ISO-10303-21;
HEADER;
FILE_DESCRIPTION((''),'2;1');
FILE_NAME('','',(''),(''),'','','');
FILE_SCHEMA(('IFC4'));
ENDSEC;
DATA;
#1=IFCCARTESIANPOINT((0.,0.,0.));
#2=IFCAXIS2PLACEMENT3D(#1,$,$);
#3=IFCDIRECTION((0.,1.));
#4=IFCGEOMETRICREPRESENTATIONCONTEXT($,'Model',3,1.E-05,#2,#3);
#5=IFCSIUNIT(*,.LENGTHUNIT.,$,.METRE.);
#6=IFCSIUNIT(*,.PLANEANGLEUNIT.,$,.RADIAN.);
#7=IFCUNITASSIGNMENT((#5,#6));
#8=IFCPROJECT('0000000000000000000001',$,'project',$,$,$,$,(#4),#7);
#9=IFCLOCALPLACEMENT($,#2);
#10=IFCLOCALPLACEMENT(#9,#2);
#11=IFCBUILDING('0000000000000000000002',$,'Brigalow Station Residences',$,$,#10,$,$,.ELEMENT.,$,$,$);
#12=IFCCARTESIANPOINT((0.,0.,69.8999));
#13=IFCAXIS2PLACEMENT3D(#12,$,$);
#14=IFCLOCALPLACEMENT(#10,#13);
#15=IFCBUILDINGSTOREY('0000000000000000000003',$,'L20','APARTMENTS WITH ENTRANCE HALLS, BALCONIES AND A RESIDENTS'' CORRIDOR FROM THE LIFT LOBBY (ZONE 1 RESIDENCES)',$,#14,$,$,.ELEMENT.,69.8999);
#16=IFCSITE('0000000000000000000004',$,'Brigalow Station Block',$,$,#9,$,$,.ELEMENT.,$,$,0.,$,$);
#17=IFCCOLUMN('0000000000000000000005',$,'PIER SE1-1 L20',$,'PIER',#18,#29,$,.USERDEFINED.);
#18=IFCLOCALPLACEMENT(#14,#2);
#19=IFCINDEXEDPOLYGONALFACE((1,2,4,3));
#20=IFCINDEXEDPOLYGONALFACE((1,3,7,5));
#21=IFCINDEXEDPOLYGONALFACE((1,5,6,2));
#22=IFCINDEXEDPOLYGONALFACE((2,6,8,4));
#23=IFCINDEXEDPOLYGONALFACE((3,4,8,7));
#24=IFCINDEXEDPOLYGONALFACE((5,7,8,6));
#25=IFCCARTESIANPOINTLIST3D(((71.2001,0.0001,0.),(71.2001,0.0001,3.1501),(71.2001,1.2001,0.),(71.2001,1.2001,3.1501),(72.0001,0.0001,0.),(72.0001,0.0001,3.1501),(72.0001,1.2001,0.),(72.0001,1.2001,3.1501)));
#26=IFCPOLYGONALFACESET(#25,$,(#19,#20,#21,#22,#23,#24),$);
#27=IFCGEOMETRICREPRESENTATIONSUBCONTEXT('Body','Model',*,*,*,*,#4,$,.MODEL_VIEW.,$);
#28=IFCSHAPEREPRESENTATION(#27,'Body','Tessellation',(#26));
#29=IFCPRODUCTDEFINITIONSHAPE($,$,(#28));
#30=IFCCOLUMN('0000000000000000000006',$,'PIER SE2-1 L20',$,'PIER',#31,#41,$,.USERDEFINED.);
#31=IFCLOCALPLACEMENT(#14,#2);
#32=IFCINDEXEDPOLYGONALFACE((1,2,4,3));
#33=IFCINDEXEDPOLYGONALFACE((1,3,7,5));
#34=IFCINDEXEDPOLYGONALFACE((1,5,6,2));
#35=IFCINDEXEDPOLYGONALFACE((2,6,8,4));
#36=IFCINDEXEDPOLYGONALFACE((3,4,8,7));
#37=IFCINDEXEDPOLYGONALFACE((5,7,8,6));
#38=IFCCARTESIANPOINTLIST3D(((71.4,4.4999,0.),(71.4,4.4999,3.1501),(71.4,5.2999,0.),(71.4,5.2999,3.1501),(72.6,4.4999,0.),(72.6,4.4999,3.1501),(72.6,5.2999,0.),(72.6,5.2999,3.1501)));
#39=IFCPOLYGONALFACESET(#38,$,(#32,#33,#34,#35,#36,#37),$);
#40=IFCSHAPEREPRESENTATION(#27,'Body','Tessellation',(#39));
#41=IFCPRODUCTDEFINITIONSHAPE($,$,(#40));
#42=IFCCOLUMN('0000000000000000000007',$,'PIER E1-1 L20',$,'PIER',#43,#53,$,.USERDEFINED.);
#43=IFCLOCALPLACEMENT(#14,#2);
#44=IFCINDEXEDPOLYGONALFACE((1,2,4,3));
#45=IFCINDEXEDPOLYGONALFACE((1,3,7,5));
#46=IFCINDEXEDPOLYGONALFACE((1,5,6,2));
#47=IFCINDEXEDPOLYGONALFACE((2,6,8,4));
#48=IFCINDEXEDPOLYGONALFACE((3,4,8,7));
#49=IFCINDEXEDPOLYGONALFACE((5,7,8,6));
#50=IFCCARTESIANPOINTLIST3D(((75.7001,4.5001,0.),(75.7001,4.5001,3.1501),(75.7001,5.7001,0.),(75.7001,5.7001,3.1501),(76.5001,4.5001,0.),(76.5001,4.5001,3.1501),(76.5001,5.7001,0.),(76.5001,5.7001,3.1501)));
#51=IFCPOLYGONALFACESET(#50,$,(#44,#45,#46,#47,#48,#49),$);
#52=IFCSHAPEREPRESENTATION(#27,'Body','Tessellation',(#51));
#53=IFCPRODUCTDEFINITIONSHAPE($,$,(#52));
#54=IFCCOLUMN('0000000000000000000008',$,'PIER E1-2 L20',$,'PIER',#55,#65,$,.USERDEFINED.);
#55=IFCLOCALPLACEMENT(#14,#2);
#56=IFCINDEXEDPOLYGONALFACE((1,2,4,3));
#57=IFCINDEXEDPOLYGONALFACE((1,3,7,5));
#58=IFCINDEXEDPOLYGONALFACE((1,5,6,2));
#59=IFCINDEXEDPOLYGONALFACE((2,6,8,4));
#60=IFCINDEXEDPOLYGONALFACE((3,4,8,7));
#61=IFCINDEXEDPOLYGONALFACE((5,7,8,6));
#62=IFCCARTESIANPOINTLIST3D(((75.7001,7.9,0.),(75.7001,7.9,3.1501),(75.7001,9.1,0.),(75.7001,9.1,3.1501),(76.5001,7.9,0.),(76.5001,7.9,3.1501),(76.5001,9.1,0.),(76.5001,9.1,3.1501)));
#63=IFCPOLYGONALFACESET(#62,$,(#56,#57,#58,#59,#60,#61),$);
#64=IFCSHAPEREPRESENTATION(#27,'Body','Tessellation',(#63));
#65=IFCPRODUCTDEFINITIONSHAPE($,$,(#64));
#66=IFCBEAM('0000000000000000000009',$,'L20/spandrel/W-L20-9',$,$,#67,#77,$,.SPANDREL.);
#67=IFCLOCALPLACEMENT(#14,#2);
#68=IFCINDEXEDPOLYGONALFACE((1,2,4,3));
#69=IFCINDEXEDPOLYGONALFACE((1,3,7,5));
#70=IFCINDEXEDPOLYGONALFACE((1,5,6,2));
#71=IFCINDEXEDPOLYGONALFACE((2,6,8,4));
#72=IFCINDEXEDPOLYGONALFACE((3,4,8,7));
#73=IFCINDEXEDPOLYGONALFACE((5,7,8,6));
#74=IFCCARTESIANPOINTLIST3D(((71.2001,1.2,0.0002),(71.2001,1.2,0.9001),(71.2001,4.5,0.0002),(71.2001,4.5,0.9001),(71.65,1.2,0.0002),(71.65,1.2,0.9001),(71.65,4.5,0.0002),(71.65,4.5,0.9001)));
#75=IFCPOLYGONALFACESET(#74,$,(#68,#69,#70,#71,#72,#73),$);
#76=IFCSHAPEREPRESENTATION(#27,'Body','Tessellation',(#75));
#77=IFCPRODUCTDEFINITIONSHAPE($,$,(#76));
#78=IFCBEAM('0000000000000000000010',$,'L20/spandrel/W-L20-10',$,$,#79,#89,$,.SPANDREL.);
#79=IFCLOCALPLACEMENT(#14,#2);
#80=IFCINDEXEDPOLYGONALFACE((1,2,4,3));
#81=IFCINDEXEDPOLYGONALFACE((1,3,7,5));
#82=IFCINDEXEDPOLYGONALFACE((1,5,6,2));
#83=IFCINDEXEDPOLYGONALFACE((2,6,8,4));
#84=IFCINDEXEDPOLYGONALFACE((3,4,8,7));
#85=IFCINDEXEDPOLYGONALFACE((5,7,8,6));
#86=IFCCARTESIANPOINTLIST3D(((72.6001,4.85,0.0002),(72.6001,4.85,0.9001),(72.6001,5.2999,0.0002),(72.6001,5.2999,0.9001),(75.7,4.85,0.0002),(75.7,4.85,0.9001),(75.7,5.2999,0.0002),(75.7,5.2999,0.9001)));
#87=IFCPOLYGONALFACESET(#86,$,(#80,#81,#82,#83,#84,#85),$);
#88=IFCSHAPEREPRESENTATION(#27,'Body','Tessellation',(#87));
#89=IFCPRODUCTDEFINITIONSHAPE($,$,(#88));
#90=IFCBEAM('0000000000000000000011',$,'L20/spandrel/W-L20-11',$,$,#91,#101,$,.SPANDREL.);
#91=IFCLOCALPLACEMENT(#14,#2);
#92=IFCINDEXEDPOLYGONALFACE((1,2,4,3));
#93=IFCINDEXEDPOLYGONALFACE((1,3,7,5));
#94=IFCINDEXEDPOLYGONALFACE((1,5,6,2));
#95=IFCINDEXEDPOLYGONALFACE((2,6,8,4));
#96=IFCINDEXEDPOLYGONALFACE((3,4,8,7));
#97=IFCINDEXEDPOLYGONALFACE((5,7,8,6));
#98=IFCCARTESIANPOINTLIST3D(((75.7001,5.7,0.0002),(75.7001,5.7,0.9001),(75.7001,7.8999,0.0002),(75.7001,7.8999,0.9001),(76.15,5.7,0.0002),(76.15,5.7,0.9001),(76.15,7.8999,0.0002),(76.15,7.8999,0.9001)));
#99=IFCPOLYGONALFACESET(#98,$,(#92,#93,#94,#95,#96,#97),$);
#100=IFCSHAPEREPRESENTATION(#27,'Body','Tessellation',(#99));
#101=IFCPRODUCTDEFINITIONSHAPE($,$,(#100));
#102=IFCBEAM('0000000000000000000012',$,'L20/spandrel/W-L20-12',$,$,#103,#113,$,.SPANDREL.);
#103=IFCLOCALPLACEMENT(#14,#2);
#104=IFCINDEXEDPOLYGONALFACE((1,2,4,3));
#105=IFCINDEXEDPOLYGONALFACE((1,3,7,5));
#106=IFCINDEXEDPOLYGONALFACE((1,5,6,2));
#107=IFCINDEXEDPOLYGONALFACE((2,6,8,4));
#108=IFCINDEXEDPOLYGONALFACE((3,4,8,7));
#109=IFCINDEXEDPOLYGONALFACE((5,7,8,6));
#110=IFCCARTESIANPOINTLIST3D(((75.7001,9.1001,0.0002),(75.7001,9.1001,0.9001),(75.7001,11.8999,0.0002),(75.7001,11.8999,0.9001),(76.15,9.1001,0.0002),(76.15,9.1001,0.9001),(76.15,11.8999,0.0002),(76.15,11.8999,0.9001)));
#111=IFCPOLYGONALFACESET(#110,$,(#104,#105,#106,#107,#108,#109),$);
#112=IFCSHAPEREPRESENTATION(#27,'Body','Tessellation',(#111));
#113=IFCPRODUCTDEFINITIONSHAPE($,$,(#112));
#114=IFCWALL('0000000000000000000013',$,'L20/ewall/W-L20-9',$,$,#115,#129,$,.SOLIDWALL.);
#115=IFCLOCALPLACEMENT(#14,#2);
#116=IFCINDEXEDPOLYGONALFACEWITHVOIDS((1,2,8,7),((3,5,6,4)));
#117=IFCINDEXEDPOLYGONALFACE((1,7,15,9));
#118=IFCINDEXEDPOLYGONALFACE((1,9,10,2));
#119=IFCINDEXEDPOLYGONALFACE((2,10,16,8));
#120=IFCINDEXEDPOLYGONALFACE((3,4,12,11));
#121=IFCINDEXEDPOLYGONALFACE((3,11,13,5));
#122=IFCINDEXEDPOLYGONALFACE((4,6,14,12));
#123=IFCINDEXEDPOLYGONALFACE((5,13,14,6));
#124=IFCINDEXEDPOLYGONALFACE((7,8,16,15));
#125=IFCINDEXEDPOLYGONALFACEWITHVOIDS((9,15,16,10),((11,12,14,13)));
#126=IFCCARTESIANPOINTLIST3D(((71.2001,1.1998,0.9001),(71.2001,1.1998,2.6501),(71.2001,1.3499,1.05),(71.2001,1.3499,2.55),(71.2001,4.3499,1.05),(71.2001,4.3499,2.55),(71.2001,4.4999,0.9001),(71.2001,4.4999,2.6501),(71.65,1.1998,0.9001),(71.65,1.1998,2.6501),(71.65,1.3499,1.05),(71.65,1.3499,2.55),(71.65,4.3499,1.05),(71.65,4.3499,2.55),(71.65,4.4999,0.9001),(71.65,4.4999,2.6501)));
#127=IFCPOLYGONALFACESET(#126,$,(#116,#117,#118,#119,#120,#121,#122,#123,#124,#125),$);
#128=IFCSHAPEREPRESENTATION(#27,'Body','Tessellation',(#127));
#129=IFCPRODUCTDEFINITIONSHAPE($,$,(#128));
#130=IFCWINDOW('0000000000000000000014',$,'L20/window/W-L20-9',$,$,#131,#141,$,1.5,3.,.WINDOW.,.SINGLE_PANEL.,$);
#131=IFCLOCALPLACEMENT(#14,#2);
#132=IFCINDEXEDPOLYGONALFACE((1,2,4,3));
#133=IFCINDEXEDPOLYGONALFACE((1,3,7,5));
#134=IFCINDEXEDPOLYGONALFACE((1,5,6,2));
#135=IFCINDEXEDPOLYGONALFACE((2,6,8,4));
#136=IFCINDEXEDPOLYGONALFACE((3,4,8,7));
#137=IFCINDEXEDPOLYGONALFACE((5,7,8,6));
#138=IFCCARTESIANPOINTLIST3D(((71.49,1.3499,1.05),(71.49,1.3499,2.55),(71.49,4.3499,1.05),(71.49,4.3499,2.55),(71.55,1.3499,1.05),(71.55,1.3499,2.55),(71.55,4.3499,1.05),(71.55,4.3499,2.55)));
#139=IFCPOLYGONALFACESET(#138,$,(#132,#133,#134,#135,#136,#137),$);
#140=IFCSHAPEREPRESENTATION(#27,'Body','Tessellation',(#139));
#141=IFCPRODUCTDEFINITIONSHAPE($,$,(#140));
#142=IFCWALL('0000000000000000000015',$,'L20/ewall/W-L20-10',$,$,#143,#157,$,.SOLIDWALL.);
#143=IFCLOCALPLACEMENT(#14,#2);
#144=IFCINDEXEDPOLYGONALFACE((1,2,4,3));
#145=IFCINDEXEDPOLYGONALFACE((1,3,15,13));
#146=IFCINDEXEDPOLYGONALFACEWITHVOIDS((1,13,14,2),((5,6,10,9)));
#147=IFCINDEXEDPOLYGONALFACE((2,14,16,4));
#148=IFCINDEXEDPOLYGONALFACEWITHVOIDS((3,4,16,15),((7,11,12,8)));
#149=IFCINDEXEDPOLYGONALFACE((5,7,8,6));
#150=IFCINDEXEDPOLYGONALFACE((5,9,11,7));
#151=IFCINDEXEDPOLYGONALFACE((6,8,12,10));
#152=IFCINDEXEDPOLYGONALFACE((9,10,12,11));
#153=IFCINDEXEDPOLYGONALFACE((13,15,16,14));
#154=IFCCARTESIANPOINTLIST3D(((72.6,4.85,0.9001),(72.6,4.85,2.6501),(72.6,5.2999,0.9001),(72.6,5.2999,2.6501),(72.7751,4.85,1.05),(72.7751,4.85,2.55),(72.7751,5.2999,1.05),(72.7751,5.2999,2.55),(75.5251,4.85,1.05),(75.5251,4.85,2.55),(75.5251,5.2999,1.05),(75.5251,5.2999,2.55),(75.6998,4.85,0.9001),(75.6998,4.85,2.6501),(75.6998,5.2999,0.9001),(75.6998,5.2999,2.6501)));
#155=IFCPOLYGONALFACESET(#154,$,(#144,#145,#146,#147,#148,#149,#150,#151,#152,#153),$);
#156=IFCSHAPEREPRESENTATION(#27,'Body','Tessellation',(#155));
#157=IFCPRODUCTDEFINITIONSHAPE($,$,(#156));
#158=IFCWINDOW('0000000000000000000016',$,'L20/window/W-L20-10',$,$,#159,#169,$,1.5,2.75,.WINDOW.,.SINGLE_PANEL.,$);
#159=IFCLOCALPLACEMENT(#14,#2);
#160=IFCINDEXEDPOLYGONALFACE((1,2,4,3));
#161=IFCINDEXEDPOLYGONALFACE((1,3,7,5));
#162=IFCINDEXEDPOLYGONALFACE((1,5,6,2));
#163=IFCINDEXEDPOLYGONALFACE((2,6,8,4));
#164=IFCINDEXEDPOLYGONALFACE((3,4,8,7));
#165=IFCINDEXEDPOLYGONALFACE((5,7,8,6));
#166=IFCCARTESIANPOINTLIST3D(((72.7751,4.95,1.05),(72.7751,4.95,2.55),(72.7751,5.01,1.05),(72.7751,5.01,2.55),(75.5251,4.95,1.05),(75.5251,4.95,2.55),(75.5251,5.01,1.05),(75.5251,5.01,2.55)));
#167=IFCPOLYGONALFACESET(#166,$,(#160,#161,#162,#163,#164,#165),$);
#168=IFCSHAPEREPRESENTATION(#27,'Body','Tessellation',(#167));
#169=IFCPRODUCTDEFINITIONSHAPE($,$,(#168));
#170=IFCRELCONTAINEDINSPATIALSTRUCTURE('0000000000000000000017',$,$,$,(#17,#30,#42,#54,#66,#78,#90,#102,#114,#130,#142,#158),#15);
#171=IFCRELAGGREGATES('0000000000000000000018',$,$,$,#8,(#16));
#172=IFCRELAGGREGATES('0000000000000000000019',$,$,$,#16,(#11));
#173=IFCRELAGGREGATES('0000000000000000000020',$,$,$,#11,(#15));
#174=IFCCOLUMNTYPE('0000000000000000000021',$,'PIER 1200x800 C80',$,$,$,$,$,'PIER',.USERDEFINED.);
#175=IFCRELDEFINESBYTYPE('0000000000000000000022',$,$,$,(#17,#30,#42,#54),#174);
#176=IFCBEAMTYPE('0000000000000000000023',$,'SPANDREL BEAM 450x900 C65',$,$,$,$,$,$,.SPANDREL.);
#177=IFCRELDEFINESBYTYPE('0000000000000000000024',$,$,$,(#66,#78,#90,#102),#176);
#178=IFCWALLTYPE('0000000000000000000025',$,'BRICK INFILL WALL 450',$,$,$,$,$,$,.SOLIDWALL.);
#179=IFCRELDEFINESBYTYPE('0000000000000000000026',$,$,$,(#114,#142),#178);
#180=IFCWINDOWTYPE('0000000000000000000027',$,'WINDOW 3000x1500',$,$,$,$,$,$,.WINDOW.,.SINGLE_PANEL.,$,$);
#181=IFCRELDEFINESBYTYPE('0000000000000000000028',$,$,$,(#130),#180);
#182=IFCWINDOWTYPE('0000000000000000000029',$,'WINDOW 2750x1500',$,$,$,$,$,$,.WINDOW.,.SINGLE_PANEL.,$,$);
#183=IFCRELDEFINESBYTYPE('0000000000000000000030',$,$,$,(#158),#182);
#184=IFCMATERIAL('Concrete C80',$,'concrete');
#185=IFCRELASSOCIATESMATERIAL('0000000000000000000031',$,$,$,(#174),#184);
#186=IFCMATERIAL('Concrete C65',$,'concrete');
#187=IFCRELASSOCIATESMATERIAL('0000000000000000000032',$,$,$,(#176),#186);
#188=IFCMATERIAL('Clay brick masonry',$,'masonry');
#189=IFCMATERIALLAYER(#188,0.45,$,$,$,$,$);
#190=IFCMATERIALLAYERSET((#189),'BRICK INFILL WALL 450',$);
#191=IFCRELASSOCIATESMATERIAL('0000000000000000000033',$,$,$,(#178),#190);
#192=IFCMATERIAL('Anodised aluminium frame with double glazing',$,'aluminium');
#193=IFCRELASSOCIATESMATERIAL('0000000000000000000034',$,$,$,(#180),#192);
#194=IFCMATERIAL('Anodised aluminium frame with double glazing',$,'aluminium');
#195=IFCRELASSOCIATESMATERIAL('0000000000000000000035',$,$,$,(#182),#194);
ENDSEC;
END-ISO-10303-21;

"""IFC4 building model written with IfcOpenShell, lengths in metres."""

from ifc_helpers import new_model, si_unit, direction, frame, frame_2d, origin, origin_2d, place, context, subcontext, project, spatial, rectangle, extrude, material, layer, layer_set, material_profile, profile_set, type_object, element, fill, save


model = new_model("IFC4")

# Units and contexts
model_context = context("Model", 3, precision=1e-05, world=origin(), true_north=direction((0.0, 1.0)))
body_context = subcontext(model_context, "Body", "Model", "MODEL_VIEW")
ifc_project = project(units=[si_unit("LENGTHUNIT", "METRE"), si_unit("PLANEANGLEUNIT", "RADIAN")], contexts=[model_context])

# Site, building, storey
site_placement = place(None, origin())
site = spatial("IfcSite", under=ifc_project, at=site_placement, Name="Brigalow Station Block", CompositionType="ELEMENT", RefElevation=0.0)
building_placement = place(site_placement, origin())
building = spatial("IfcBuilding", under=site, at=building_placement, Name="Brigalow Station Residences", CompositionType="ELEMENT")
storey_placement = place(building_placement, frame((0.0, 0.0, 69.8999)))
storey = spatial("IfcBuildingStorey", under=building, at=storey_placement, Name="L20", Description="APARTMENTS WITH ENTRANCE HALLS, BALCONIES AND A RESIDENTS' CORRIDOR FROM THE LIFT LOBBY (ZONE 1 RESIDENCES)", CompositionType="ELEMENT", Elevation=69.8999)

# Columns
ifc_material_1 = material(Name="Concrete C80", Category="concrete")
ifc_material_profile_1 = material_profile(ifc_material_1, rectangle(XDim=1.2, YDim=0.8, at=origin_2d()), Name="RC1200x800")
ifc_profile_set_1 = profile_set([ifc_material_profile_1], Name="Concrete C80")
column_type = type_object("IfcColumnType", Name="PIER 1200x800 C80", ElementType="PIER", PredefinedType="USERDEFINED", material=ifc_profile_set_1)
for number, where, z_axis, x_axis, name in (
    (1, (71.6001, 0.6001, 0.0), (0.0, 0.0, 1.0), (0.0, 1.0, 0.0), "PIER SE1-1 L20"),
    (2, (72.0, 4.8999, 0.0), (0.0, 0.0, 1.0), (1.0, 0.0, 0.0), "PIER SE2-1 L20"),
    (3, (76.1001, 5.1001, 0.0), (0.0, 0.0, 1.0), (0.0, 1.0, 0.0), "PIER E1-1 L20"),
    (4, (76.1001, 8.5, 0.0), (0.0, 0.0, 1.0), (0.0, 1.0, 0.0), "PIER E1-2 L20"),
):
    element("IfcColumn", number, at=place(storey_placement, frame(where, z_axis=z_axis, x_axis=x_axis)), inside=storey, type_object=column_type, Name=name, ObjectType="PIER", PredefinedType="USERDEFINED", context=body_context, shape_type="SweptSolid", body=[
        extrude(rectangle(XDim=1.2, YDim=0.8, at=origin_2d()), origin(), (0.0, 0.0, 1.0), 3.1501),
    ])

# Beams
ifc_material_2 = material(Name="Concrete C65", Category="concrete")
ifc_material_profile_2 = material_profile(ifc_material_2, rectangle(XDim=0.45, YDim=0.8999, at=origin_2d()), Name="RC450x900")
ifc_profile_set_2 = profile_set([ifc_material_profile_2], Name="Concrete C65")
beam_type = type_object("IfcBeamType", Name="SPANDREL BEAM 450x900 C65", PredefinedType="SPANDREL", material=ifc_profile_set_2)
beam_1_placement = place(storey_placement, frame((71.425, 1.2, 0.4502), z_axis=(0.0, 1.0, 0.0), x_axis=(-1.0, 0.0, 0.0)))
element("IfcBeam", 5, at=beam_1_placement, inside=storey, type_object=beam_type, Name="L20/spandrel/W-L20-9", PredefinedType="SPANDREL", context=body_context, shape_type="SweptSolid", body=[
    extrude(rectangle(XDim=0.45, YDim=0.8999, at=origin_2d()), origin(), (0.0, 0.0, 1.0), 3.3),
])
beam_2_placement = place(storey_placement, frame((72.6001, 5.075, 0.4502), z_axis=(1.0, 0.0, 0.0), x_axis=(0.0, 1.0, 0.0)))
element("IfcBeam", 6, at=beam_2_placement, inside=storey, type_object=beam_type, Name="L20/spandrel/W-L20-10", PredefinedType="SPANDREL", context=body_context, shape_type="SweptSolid", body=[
    extrude(rectangle(XDim=0.45, YDim=0.8999, at=origin_2d()), origin(), (0.0, 0.0, 1.0), 3.0999),
])
beam_3_placement = place(storey_placement, frame((75.925, 5.7, 0.4502), z_axis=(0.0, 1.0, 0.0), x_axis=(-1.0, 0.0, 0.0)))
element("IfcBeam", 7, at=beam_3_placement, inside=storey, type_object=beam_type, Name="L20/spandrel/W-L20-11", PredefinedType="SPANDREL", context=body_context, shape_type="SweptSolid", body=[
    extrude(rectangle(XDim=0.45, YDim=0.8999, at=origin_2d()), origin(), (0.0, 0.0, 1.0), 2.2),
])
beam_4_placement = place(storey_placement, frame((75.925, 9.1001, 0.4502), z_axis=(0.0, 1.0, 0.0), x_axis=(-1.0, 0.0, 0.0)))
element("IfcBeam", 8, at=beam_4_placement, inside=storey, type_object=beam_type, Name="L20/spandrel/W-L20-12", PredefinedType="SPANDREL", context=body_context, shape_type="SweptSolid", body=[
    extrude(rectangle(XDim=0.45, YDim=0.8999, at=origin_2d()), origin(), (0.0, 0.0, 1.0), 2.7998),
])

# Walls, openings, windows
ifc_material_3 = material(Name="Clay brick masonry", Category="masonry")
ifc_layer_1 = layer(ifc_material_3, 0.45)
ifc_layer_set_1 = layer_set([ifc_layer_1], Name="BRICK INFILL WALL 450")
wall_type_1 = type_object("IfcWallType", Name="BRICK INFILL WALL 450", PredefinedType="SOLIDWALL", material=ifc_layer_set_1)
wall_1_placement = place(storey_placement, frame((71.425, 1.2, 0.9001), z_axis=(0.0, 0.0, 1.0), x_axis=(0.0, 1.0, 0.0)))
wall_1 = element("IfcWall", 9, at=wall_1_placement, inside=storey, type_object=wall_type_1, Name="L20/ewall/W-L20-9", PredefinedType="SOLIDWALL", context=body_context, shape_type="SweptSolid", body=[
    extrude(rectangle(XDim=3.3, YDim=0.45, at=frame_2d((1.6499, 0.0))), origin(), (0.0, 0.0, 1.0), 1.75),
])
opening_1_placement = place(wall_1_placement, frame((0.1499, 0.0, 0.1499)))
opening_1 = element("IfcOpeningElement", 10, at=opening_1_placement, cuts=wall_1, PredefinedType="OPENING", context=body_context, shape_type="SweptSolid", body=[
    extrude(rectangle(XDim=3.0, YDim=1.5, at=frame_2d((1.5, 0.75))), frame((0.0, 0.2349, 0.0), z_axis=(0.0, -1.0, 0.0), x_axis=(1.0, 0.0, 0.0)), (0.0, 0.0, 1.0), 0.47),
])
ifc_material_4 = material(Name="Anodised aluminium frame with double glazing", Category="aluminium")
window_type_1 = type_object("IfcWindowType", Name="WINDOW 3000x1500", PartitioningType="SINGLE_PANEL", PredefinedType="WINDOW", material=ifc_material_4)
window_1_placement = place(opening_1_placement, origin())
window_1 = element("IfcWindow", 11, at=window_1_placement, inside=storey, type_object=window_type_1, Name="L20/window/W-L20-9", OverallHeight=1.5, OverallWidth=3.0, PartitioningType="SINGLE_PANEL", PredefinedType="WINDOW", context=body_context, shape_type="SweptSolid", body=[
    extrude(rectangle(XDim=3.0, YDim=1.5, at=frame_2d((1.5, 0.75))), frame((0.0, -0.0649, 0.0), z_axis=(0.0, -1.0, 0.0), x_axis=(1.0, 0.0, 0.0)), (0.0, 0.0, 1.0), 0.0601),
])
fill(opening_1, window_1)
wall_2_placement = place(storey_placement, frame((72.6001, 5.075, 0.9001), z_axis=(0.0, 0.0, 1.0), x_axis=(1.0, 0.0, 0.0)))
wall_2 = element("IfcWall", 12, at=wall_2_placement, inside=storey, type_object=wall_type_1, Name="L20/ewall/W-L20-10", PredefinedType="SOLIDWALL", context=body_context, shape_type="SweptSolid", body=[
    extrude(rectangle(XDim=3.0999, YDim=0.45, at=frame_2d((1.5498, 0.0))), origin(), (0.0, 0.0, 1.0), 1.75),
])
opening_2_placement = place(wall_2_placement, frame((0.175, 0.0, 0.1499)))
opening_2 = element("IfcOpeningElement", 13, at=opening_2_placement, cuts=wall_2, PredefinedType="OPENING", context=body_context, shape_type="SweptSolid", body=[
    extrude(rectangle(XDim=2.75, YDim=1.5, at=frame_2d((1.375, 0.75))), frame((0.0, 0.2349, 0.0), z_axis=(0.0, -1.0, 0.0), x_axis=(1.0, 0.0, 0.0)), (0.0, 0.0, 1.0), 0.47),
])
ifc_material_5 = material(Name="Anodised aluminium frame with double glazing", Category="aluminium")
window_type_2 = type_object("IfcWindowType", Name="WINDOW 2750x1500", PartitioningType="SINGLE_PANEL", PredefinedType="WINDOW", material=ifc_material_5)
window_2_placement = place(opening_2_placement, origin())
window_2 = element("IfcWindow", 14, at=window_2_placement, inside=storey, type_object=window_type_2, Name="L20/window/W-L20-10", OverallHeight=1.5, OverallWidth=2.75, PartitioningType="SINGLE_PANEL", PredefinedType="WINDOW", context=body_context, shape_type="SweptSolid", body=[
    extrude(rectangle(XDim=2.75, YDim=1.5, at=frame_2d((1.375, 0.75))), frame((0.0, -0.0649, 0.0), z_axis=(0.0, -1.0, 0.0), x_axis=(1.0, 0.0, 0.0)), (0.0, 0.0, 1.0), 0.0601),
])
fill(opening_2, window_2)

save(model, "model.ifc")
